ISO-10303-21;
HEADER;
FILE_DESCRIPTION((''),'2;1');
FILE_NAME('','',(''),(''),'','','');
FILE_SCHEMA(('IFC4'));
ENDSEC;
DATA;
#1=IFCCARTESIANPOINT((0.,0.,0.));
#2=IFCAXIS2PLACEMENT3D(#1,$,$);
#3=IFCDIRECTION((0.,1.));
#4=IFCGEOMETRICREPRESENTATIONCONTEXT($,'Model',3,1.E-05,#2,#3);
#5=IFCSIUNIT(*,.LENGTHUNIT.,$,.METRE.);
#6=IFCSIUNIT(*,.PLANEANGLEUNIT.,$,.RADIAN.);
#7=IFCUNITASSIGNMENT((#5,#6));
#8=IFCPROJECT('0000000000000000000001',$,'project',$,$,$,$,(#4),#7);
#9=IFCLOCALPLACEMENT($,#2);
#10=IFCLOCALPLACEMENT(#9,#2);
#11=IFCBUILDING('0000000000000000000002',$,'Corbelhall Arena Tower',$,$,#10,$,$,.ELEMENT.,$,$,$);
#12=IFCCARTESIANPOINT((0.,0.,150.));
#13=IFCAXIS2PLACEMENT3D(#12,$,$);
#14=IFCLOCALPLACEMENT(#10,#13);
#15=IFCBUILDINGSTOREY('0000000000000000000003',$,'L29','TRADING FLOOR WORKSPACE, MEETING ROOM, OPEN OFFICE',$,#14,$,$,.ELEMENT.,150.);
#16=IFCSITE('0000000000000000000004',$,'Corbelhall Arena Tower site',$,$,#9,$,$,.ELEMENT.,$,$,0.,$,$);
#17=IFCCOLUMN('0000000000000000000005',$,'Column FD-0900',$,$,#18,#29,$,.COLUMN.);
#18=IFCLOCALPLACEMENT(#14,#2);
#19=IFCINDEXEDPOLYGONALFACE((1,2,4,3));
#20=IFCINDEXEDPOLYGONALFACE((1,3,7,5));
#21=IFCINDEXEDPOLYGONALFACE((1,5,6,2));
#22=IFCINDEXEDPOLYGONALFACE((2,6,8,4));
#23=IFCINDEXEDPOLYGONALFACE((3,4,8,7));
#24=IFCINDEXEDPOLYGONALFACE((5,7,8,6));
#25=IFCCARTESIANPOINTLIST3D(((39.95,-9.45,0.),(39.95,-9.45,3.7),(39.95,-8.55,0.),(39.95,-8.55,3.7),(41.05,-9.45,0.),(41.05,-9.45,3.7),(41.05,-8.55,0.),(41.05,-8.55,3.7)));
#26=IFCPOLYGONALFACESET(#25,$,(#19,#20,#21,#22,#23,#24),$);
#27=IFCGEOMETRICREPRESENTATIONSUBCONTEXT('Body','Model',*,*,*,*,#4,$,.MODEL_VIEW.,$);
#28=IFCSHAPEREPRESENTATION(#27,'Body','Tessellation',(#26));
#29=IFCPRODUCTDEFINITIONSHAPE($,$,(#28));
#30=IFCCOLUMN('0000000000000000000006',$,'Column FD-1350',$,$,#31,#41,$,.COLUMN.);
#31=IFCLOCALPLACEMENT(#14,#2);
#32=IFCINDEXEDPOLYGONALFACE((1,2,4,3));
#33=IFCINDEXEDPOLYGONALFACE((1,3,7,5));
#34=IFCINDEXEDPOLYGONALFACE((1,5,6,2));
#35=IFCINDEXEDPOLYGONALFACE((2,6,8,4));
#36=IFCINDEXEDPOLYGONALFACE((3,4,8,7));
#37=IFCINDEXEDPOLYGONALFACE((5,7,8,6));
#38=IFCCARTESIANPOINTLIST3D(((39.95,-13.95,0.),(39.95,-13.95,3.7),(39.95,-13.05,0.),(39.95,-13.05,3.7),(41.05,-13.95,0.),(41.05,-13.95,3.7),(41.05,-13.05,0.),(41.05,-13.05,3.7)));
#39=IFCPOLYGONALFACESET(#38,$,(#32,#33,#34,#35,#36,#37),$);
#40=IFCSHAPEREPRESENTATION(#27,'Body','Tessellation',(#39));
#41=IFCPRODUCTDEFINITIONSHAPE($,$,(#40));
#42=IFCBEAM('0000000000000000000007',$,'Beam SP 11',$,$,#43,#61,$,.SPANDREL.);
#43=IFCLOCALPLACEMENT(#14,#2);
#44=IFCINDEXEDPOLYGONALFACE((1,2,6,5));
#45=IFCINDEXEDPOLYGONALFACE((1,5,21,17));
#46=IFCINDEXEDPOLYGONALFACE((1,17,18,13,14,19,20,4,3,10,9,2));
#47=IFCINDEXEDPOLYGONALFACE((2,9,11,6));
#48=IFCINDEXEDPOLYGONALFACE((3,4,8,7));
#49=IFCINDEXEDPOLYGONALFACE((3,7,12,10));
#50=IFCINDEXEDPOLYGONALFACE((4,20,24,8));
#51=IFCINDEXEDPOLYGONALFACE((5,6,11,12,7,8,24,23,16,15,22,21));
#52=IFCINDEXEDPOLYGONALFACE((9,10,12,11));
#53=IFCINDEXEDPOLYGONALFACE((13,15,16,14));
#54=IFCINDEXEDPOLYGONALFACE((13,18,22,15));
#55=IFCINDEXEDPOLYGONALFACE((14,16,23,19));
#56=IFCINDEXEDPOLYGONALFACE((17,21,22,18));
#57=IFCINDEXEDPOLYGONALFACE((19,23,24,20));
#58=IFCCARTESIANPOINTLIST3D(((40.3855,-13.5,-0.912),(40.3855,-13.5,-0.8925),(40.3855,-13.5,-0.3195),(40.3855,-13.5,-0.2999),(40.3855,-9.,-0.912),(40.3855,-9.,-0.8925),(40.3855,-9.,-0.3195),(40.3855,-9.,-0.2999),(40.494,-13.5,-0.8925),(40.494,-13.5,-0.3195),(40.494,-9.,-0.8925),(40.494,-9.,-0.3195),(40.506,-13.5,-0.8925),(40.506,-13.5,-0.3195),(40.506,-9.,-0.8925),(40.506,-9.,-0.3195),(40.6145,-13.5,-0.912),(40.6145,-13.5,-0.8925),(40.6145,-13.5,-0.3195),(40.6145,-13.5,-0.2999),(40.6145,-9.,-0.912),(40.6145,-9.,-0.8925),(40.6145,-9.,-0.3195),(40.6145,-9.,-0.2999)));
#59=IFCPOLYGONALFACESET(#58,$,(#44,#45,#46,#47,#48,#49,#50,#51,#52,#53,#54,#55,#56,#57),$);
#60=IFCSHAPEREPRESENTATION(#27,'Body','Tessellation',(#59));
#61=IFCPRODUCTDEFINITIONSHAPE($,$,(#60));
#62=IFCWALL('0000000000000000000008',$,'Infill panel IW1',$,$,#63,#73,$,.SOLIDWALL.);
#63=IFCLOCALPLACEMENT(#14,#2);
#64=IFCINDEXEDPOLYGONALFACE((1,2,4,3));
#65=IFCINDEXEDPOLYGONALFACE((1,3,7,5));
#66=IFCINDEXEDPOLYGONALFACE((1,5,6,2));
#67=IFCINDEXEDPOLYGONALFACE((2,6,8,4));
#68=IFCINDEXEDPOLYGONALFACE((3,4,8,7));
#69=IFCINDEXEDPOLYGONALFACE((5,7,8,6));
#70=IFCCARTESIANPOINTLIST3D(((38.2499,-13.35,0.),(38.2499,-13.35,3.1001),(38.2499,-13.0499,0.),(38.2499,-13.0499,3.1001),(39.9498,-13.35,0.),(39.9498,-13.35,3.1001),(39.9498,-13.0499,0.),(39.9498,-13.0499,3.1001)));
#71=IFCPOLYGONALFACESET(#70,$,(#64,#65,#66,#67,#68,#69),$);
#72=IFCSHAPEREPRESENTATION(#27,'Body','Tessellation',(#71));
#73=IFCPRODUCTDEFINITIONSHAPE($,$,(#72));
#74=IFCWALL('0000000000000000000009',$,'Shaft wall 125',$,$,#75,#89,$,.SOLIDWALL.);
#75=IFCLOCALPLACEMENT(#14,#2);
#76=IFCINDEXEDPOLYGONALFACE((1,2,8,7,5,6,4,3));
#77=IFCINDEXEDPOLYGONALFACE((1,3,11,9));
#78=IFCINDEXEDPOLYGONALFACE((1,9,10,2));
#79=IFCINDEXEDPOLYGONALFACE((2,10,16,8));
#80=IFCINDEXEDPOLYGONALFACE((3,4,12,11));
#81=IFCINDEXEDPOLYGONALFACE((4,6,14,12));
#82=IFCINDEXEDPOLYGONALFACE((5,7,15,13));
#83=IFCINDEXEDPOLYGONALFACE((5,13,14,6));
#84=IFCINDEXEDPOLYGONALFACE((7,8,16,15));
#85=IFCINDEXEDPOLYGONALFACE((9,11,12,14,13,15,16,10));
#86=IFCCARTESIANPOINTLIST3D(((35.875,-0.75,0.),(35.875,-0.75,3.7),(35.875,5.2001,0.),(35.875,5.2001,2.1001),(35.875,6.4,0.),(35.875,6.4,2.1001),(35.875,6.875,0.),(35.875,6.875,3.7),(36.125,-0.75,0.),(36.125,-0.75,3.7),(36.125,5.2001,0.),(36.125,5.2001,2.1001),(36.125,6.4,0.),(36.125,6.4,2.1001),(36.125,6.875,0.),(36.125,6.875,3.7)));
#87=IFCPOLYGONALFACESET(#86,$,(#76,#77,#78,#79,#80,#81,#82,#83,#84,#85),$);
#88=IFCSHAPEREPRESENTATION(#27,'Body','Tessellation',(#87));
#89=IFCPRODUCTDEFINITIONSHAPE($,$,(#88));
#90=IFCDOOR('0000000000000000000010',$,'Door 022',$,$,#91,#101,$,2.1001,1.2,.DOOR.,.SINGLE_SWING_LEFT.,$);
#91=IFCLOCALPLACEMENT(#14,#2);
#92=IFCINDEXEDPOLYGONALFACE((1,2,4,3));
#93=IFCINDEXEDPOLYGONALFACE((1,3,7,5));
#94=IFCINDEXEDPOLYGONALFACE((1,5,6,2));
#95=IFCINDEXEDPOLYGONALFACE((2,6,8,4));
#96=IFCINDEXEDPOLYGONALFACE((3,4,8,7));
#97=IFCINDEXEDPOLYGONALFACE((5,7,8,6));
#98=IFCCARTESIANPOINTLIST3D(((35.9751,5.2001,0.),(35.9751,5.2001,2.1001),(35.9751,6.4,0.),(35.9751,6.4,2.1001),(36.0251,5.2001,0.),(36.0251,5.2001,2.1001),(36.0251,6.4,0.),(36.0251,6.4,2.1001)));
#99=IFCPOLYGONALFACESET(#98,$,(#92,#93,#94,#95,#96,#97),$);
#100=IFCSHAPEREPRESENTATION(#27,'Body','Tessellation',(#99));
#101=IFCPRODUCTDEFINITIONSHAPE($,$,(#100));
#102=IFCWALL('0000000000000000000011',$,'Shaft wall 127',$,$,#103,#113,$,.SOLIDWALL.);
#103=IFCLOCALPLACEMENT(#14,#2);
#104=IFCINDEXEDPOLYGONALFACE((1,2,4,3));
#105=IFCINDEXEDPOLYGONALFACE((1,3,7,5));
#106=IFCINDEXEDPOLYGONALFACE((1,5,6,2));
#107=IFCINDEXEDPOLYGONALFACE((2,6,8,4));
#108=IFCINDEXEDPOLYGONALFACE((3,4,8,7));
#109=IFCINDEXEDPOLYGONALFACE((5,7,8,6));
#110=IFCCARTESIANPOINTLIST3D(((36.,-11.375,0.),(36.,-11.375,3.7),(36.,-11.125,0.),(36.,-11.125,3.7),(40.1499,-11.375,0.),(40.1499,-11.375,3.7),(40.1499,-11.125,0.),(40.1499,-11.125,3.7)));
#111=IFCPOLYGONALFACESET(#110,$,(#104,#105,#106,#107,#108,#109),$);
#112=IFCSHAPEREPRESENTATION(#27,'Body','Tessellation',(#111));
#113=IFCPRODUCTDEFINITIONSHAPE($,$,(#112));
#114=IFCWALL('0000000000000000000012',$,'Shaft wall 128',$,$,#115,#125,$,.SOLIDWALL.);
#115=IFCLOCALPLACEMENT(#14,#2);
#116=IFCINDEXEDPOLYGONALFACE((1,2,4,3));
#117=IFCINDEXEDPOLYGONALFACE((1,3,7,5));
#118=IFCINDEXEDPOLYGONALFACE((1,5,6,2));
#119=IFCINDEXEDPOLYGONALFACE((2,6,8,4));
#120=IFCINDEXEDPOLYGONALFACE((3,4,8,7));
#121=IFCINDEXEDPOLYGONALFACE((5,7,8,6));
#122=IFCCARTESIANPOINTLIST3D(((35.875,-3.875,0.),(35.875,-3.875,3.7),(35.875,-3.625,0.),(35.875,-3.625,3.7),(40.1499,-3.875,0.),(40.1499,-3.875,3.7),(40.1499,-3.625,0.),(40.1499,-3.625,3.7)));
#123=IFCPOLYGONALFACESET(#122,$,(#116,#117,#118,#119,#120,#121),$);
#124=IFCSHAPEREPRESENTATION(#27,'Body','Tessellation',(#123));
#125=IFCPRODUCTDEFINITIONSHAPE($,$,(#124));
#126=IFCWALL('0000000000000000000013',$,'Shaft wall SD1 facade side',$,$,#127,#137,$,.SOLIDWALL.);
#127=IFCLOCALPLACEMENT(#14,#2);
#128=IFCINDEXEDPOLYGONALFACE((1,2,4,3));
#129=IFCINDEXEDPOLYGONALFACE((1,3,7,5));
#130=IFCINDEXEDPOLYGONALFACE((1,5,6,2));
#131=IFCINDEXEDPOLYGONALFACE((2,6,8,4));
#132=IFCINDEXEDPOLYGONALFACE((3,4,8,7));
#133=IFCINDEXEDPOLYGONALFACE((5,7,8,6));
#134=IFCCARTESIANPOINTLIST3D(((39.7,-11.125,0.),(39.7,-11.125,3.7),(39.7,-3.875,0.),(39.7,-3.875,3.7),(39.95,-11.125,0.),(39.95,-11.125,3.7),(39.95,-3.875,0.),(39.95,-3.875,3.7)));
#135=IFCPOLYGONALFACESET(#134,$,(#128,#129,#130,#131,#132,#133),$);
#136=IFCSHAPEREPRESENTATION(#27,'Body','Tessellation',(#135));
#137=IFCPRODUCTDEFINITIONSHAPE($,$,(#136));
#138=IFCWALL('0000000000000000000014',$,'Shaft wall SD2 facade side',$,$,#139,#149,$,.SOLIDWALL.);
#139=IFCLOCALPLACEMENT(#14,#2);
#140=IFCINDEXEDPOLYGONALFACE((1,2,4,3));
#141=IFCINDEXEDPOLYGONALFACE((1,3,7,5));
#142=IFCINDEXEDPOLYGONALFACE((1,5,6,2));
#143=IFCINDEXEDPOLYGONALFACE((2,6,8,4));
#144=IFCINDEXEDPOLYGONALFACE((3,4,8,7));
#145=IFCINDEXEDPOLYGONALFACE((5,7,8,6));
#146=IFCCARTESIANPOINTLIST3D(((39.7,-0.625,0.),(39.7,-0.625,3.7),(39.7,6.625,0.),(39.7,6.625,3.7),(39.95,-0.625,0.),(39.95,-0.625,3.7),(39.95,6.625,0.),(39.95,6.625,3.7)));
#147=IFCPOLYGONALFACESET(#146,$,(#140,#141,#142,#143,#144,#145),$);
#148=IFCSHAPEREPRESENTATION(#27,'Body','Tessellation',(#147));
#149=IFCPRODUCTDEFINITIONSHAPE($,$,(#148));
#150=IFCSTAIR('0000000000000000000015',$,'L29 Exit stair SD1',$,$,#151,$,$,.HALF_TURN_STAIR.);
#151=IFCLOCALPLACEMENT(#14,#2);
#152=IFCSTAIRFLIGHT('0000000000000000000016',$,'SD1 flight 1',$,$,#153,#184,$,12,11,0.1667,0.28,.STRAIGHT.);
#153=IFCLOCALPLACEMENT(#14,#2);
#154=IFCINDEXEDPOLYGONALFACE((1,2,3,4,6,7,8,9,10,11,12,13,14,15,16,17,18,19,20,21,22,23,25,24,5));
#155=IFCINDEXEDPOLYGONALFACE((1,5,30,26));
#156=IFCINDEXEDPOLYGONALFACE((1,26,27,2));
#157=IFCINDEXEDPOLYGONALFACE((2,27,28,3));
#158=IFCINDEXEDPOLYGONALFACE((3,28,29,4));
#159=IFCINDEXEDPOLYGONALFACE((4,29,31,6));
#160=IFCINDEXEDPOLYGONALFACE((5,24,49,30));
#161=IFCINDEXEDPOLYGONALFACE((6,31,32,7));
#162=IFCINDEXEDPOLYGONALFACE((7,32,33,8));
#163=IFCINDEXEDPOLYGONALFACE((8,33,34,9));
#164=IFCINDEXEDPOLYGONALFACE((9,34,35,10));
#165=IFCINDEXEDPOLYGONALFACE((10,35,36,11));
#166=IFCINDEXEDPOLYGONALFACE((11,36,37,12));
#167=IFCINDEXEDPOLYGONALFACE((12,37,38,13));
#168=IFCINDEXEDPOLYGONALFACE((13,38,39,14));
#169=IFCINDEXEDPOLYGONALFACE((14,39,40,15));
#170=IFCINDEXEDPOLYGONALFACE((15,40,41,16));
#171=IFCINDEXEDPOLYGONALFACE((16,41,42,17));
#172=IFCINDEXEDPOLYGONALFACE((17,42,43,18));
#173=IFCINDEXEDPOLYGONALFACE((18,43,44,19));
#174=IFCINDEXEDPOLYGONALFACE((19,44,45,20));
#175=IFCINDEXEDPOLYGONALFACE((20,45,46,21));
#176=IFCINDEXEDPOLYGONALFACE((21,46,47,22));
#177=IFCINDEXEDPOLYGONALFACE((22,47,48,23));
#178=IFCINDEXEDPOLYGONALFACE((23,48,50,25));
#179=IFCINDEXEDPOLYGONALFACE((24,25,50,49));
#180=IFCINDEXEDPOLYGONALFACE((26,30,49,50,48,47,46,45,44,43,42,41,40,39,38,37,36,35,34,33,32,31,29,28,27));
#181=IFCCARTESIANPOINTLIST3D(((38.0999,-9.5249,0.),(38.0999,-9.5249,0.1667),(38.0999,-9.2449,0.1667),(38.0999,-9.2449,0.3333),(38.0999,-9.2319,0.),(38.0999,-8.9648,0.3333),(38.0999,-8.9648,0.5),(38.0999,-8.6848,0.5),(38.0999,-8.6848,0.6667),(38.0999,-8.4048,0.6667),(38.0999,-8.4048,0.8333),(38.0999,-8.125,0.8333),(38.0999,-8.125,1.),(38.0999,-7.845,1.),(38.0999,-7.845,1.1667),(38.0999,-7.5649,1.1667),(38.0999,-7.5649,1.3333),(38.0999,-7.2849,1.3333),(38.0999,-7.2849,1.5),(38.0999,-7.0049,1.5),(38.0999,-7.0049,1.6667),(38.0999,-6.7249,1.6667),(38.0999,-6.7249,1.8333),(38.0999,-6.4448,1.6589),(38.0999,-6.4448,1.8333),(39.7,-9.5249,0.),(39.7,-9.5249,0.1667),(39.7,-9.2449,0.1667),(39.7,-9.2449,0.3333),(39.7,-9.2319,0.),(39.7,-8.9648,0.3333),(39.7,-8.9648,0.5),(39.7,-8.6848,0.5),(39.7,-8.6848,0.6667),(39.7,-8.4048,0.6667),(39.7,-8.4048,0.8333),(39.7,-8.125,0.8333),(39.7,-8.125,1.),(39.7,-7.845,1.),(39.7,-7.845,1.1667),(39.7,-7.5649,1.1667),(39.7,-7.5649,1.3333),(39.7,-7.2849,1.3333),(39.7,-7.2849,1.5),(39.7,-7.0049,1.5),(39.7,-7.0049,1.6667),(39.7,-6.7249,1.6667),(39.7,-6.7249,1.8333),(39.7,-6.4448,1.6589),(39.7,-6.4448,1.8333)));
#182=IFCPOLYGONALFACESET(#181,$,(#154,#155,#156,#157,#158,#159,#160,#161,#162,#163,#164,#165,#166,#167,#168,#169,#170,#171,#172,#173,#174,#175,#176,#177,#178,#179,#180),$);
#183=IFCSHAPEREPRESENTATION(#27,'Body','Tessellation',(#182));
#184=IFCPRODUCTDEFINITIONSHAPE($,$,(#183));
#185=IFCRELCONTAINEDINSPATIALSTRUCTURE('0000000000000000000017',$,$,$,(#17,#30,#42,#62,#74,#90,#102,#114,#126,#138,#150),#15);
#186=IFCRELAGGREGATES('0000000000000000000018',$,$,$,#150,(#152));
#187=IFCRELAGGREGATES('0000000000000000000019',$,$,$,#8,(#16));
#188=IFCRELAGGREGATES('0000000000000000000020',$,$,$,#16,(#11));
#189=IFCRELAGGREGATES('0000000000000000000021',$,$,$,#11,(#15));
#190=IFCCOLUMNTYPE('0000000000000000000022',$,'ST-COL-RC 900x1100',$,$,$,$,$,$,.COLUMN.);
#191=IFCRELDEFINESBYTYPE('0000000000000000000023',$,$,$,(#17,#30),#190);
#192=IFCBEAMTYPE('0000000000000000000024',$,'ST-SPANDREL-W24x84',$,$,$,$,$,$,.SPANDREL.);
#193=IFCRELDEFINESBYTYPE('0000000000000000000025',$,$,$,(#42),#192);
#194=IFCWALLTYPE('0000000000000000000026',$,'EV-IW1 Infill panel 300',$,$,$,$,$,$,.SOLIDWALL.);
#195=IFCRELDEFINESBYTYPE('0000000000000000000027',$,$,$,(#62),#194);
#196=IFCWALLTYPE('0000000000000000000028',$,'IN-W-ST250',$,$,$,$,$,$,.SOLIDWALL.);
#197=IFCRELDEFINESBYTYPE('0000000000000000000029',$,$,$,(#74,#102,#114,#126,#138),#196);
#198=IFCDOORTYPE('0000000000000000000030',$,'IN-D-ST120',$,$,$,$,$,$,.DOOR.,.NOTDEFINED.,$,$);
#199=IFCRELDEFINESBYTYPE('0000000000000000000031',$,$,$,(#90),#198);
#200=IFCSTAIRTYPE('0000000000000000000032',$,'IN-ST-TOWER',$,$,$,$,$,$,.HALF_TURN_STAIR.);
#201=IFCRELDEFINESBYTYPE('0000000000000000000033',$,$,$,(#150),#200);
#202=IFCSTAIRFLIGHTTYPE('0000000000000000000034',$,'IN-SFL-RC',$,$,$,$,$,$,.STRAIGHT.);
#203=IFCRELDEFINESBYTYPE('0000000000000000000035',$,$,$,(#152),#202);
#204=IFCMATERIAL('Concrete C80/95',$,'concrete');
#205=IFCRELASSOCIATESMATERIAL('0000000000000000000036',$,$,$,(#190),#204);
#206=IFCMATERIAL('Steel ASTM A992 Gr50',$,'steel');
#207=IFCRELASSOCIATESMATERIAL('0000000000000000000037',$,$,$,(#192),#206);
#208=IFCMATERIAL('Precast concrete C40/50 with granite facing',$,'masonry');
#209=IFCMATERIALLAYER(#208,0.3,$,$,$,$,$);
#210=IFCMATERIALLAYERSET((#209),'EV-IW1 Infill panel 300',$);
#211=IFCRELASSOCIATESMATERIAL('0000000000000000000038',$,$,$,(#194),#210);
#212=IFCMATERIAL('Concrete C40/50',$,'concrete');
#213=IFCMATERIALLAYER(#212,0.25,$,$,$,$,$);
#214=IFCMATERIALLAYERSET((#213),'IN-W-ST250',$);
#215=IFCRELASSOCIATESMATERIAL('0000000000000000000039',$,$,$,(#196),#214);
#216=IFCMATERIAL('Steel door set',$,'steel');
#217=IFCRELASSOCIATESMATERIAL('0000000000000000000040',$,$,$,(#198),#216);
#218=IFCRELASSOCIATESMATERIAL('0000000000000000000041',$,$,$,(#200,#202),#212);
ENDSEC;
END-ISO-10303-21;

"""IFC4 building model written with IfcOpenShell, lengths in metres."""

from ifc_helpers import new_model, si_unit, direction, frame, frame_2d, origin, origin_2d, place, context, subcontext, project, spatial, polyline, rectangle, i_section, outline, extrude, material, layer, layer_set, material_profile, profile_set, type_object, element, fill, aggregate, save


model = new_model("IFC4")

# Units and contexts
model_context = context("Model", 3, precision=1e-05, world=origin(), true_north=direction((0.0, 1.0)))
body_context = subcontext(model_context, "Body", "Model", "MODEL_VIEW")
ifc_project = project(units=[si_unit("LENGTHUNIT", "METRE"), si_unit("PLANEANGLEUNIT", "RADIAN")], contexts=[model_context])

# Site, building, storey
site_placement = place(None, origin())
site = spatial("IfcSite", under=ifc_project, at=site_placement, Name="Corbelhall Arena Tower site", CompositionType="ELEMENT", RefElevation=0.0)
building_placement = place(site_placement, origin())
building = spatial("IfcBuilding", under=site, at=building_placement, Name="Corbelhall Arena Tower", CompositionType="ELEMENT")
storey_placement = place(building_placement, frame((0.0, 0.0, 150.0)))
storey = spatial("IfcBuildingStorey", under=building, at=storey_placement, Name="L29", Description="TRADING FLOOR WORKSPACE, MEETING ROOM, OPEN OFFICE", CompositionType="ELEMENT", Elevation=150.0)

# Columns
ifc_material_1 = material(Name="Concrete C80/95", Category="concrete")
ifc_material_profile_1 = material_profile(ifc_material_1, rectangle(XDim=0.8999, YDim=1.1001, at=origin_2d()))
ifc_profile_set_1 = profile_set([ifc_material_profile_1], Name="Concrete C80/95")
column_type = type_object("IfcColumnType", Name="ST-COL-RC 900x1100", PredefinedType="COLUMN", material=ifc_profile_set_1)
for number, where, z_axis, x_axis, name in (
    (1, (40.5, -9.0, 0.0), (0.0, 0.0, 1.0), (0.0, 1.0, 0.0), "Column FD-0900"),
    (2, (40.5, -13.5, 0.0), (0.0, 0.0, 1.0), (0.0, 1.0, 0.0), "Column FD-1350"),
):
    element("IfcColumn", number, at=place(storey_placement, frame(where, z_axis=z_axis, x_axis=x_axis)), inside=storey, type_object=column_type, Name=name, PredefinedType="COLUMN", context=body_context, shape_type="SweptSolid", body=[
        extrude(rectangle(XDim=0.8999, YDim=1.1001, at=origin_2d()), origin(), (0.0, 0.0, 1.0), 3.7),
    ])

# Beam
ifc_material_2 = material(Name="Steel ASTM A992 Gr50", Category="steel")
ifc_material_profile_2 = material_profile(ifc_material_2, i_section(OverallWidth=0.229, OverallDepth=0.6121, WebThickness=0.012, FlangeThickness=0.0195, at=origin_2d()))
ifc_profile_set_2 = profile_set([ifc_material_profile_2], Name="Steel ASTM A992 Gr50")
beam_type = type_object("IfcBeamType", Name="ST-SPANDREL-W24x84", PredefinedType="SPANDREL", material=ifc_profile_set_2)
beam_placement = place(storey_placement, frame((40.5, -9.0, -0.606), z_axis=(0.0, -1.0, 0.0), x_axis=(1.0, 0.0, 0.0)))
element("IfcBeam", 3, at=beam_placement, inside=storey, type_object=beam_type, Name="Beam SP 11", PredefinedType="SPANDREL", context=body_context, shape_type="SweptSolid", body=[
    extrude(i_section(OverallWidth=0.229, OverallDepth=0.6121, WebThickness=0.012, FlangeThickness=0.0195, at=origin_2d()), origin(), (0.0, 0.0, 1.0), 4.5),
])

# Wall
ifc_material_3 = material(Name="Precast concrete C40/50 with granite facing", Category="masonry")
ifc_layer_1 = layer(ifc_material_3, 0.3)
ifc_layer_set_1 = layer_set([ifc_layer_1], Name="EV-IW1 Infill panel 300")
wall_type_1 = type_object("IfcWallType", Name="EV-IW1 Infill panel 300", PredefinedType="SOLIDWALL", material=ifc_layer_set_1)
wall_1_placement = place(storey_placement, frame((39.95, -13.2, 0.0), z_axis=(0.0, 0.0, 1.0), x_axis=(-1.0, 0.0, 0.0)))
element("IfcWall", 4, at=wall_1_placement, inside=storey, type_object=wall_type_1, Name="Infill panel IW1", PredefinedType="SOLIDWALL", context=body_context, shape_type="SweptSolid", body=[
    extrude(rectangle(XDim=1.7, YDim=0.3, at=frame_2d((0.8501, 0.0))), origin(), (0.0, 0.0, 1.0), 3.1001),
])

# Wall, opening, door
ifc_material_4 = material(Name="Concrete C40/50", Category="concrete")
ifc_layer_2 = layer(ifc_material_4, 0.25)
ifc_layer_set_2 = layer_set([ifc_layer_2], Name="IN-W-ST250")
wall_type_2 = type_object("IfcWallType", Name="IN-W-ST250", PredefinedType="SOLIDWALL", material=ifc_layer_set_2)
wall_2_placement = place(storey_placement, frame((36.0, -0.75, 0.0), z_axis=(0.0, 0.0, 1.0), x_axis=(0.0, 1.0, 0.0)))
wall_2 = element("IfcWall", 5, at=wall_2_placement, inside=storey, type_object=wall_type_2, Name="Shaft wall 125", PredefinedType="SOLIDWALL", context=body_context, shape_type="SweptSolid", body=[
    extrude(rectangle(XDim=7.625, YDim=0.25, at=frame_2d((3.8125, 0.0))), origin(), (0.0, 0.0, 1.0), 3.7),
])
opening_1_placement = place(wall_2_placement, frame((5.95, 0.0, 0.0)))
opening_1 = element("IfcOpeningElement", 6, at=opening_1_placement, cuts=wall_2, PredefinedType="OPENING", context=body_context, shape_type="SweptSolid", body=[
    extrude(rectangle(XDim=1.2, YDim=2.1001, at=frame_2d((0.6001, 1.05))), frame((0.0, 0.125, 0.0), z_axis=(0.0, -1.0, 0.0), x_axis=(1.0, 0.0, 0.0)), (0.0, 0.0, 1.0), 0.25),
])
ifc_material_5 = material(Name="Steel door set", Category="steel")
door_type = type_object("IfcDoorType", Name="IN-D-ST120", OperationType="NOTDEFINED", PredefinedType="DOOR", material=ifc_material_5)
door_placement = place(opening_1_placement, origin())
door = element("IfcDoor", 7, at=door_placement, inside=storey, type_object=door_type, Name="Door 022", OperationType="SINGLE_SWING_LEFT", OverallHeight=2.1001, OverallWidth=1.2, PredefinedType="DOOR", context=body_context, shape_type="SweptSolid", body=[
    extrude(rectangle(XDim=1.2, YDim=2.1001, at=frame_2d((0.6001, 1.05))), frame((0.0, 0.0249, 0.0), z_axis=(0.0, -1.0, 0.0), x_axis=(1.0, 0.0, 0.0)), (0.0, 0.0, 1.0), 0.05),
])
fill(opening_1, door)

# Walls
wall_3_placement = place(storey_placement, frame((40.1499, -11.25, 0.0), z_axis=(0.0, 0.0, 1.0), x_axis=(-1.0, 0.0, 0.0)))
element("IfcWall", 8, at=wall_3_placement, inside=storey, type_object=wall_type_2, Name="Shaft wall 127", PredefinedType="SOLIDWALL", context=body_context, shape_type="SweptSolid", body=[
    extrude(rectangle(XDim=4.1499, YDim=0.25, at=frame_2d((2.075, 0.0))), origin(), (0.0, 0.0, 1.0), 3.7),
])
wall_4_placement = place(storey_placement, frame((40.1499, -3.75, 0.0), z_axis=(0.0, 0.0, 1.0), x_axis=(-1.0, 0.0, 0.0)))
element("IfcWall", 9, at=wall_4_placement, inside=storey, type_object=wall_type_2, Name="Shaft wall 128", PredefinedType="SOLIDWALL", context=body_context, shape_type="SweptSolid", body=[
    extrude(rectangle(XDim=4.2749, YDim=0.25, at=frame_2d((2.1375, 0.0))), origin(), (0.0, 0.0, 1.0), 3.7),
])
for number, where, z_axis, x_axis, name in (
    (10, (39.825, -11.125, 0.0), (0.0, 0.0, 1.0), (0.0, 1.0, 0.0), "Shaft wall SD1 facade side"),
    (11, (39.825, -0.625, 0.0), (0.0, 0.0, 1.0), (0.0, 1.0, 0.0), "Shaft wall SD2 facade side"),
):
    element("IfcWall", number, at=place(storey_placement, frame(where, z_axis=z_axis, x_axis=x_axis)), inside=storey, type_object=wall_type_2, Name=name, PredefinedType="SOLIDWALL", context=body_context, shape_type="SweptSolid", body=[
        extrude(rectangle(XDim=7.25, YDim=0.25, at=frame_2d((3.625, 0.0))), origin(), (0.0, 0.0, 1.0), 3.7),
    ])

# Stair, stair flight
stair_type = type_object("IfcStairType", Name="IN-ST-TOWER", PredefinedType="HALF_TURN_STAIR", material=ifc_material_4)
stair_placement = place(storey_placement, origin())
stair = element("IfcStair", 12, at=stair_placement, inside=storey, type_object=stair_type, Name="L29 Exit stair SD1", PredefinedType="HALF_TURN_STAIR")
stair_flight_type = type_object("IfcStairFlightType", Name="IN-SFL-RC", PredefinedType="STRAIGHT", material=ifc_material_4)
stair_flight_1_placement = place(storey_placement, frame((38.8999, -9.5249, 0.0), z_axis=(0.0, 0.0, 1.0), x_axis=(0.0, 1.0, 0.0)))
stair_flight_1 = element("IfcStairFlight", 13, at=stair_flight_1_placement, type_object=stair_flight_type, Name="SD1 flight 1", NumberOfRisers=12, NumberOfTreads=11, PredefinedType="STRAIGHT", RiserHeight=0.1667, TreadLength=0.28, context=body_context, shape_type="SweptSolid", body=[
    extrude(outline(polyline([(0.0, 0.0), (0.0, 0.1667), (0.28, 0.1667), (0.28, 0.3333), (0.5601, 0.3333), (0.5601, 0.5), (0.8401, 0.5), (0.8401, 0.6667), (1.1201, 0.6667), (1.1201, 0.8333), (1.3999, 0.8333), (1.3999, 1.0), (1.6799, 1.0), (1.6799, 1.1667), (1.96, 1.1667), (1.96, 1.3333), (2.24, 1.3333), (2.24, 1.5), (2.52, 1.5), (2.52, 1.6667), (2.8, 1.6667), (2.8, 1.8333), (3.0801, 1.8333), (3.0801, 2.0), (3.0801, 1.6589), (0.293, 0.0), (0.0, 0.0)])), frame((0.0, 0.8, 0.0), z_axis=(0.0, -1.0, 0.0), x_axis=(1.0, 0.0, 0.0)), (0.0, 0.0, 1.0), 1.6001),
])
aggregate(stair, [stair_flight_1])

save(model, "model.ifc")
